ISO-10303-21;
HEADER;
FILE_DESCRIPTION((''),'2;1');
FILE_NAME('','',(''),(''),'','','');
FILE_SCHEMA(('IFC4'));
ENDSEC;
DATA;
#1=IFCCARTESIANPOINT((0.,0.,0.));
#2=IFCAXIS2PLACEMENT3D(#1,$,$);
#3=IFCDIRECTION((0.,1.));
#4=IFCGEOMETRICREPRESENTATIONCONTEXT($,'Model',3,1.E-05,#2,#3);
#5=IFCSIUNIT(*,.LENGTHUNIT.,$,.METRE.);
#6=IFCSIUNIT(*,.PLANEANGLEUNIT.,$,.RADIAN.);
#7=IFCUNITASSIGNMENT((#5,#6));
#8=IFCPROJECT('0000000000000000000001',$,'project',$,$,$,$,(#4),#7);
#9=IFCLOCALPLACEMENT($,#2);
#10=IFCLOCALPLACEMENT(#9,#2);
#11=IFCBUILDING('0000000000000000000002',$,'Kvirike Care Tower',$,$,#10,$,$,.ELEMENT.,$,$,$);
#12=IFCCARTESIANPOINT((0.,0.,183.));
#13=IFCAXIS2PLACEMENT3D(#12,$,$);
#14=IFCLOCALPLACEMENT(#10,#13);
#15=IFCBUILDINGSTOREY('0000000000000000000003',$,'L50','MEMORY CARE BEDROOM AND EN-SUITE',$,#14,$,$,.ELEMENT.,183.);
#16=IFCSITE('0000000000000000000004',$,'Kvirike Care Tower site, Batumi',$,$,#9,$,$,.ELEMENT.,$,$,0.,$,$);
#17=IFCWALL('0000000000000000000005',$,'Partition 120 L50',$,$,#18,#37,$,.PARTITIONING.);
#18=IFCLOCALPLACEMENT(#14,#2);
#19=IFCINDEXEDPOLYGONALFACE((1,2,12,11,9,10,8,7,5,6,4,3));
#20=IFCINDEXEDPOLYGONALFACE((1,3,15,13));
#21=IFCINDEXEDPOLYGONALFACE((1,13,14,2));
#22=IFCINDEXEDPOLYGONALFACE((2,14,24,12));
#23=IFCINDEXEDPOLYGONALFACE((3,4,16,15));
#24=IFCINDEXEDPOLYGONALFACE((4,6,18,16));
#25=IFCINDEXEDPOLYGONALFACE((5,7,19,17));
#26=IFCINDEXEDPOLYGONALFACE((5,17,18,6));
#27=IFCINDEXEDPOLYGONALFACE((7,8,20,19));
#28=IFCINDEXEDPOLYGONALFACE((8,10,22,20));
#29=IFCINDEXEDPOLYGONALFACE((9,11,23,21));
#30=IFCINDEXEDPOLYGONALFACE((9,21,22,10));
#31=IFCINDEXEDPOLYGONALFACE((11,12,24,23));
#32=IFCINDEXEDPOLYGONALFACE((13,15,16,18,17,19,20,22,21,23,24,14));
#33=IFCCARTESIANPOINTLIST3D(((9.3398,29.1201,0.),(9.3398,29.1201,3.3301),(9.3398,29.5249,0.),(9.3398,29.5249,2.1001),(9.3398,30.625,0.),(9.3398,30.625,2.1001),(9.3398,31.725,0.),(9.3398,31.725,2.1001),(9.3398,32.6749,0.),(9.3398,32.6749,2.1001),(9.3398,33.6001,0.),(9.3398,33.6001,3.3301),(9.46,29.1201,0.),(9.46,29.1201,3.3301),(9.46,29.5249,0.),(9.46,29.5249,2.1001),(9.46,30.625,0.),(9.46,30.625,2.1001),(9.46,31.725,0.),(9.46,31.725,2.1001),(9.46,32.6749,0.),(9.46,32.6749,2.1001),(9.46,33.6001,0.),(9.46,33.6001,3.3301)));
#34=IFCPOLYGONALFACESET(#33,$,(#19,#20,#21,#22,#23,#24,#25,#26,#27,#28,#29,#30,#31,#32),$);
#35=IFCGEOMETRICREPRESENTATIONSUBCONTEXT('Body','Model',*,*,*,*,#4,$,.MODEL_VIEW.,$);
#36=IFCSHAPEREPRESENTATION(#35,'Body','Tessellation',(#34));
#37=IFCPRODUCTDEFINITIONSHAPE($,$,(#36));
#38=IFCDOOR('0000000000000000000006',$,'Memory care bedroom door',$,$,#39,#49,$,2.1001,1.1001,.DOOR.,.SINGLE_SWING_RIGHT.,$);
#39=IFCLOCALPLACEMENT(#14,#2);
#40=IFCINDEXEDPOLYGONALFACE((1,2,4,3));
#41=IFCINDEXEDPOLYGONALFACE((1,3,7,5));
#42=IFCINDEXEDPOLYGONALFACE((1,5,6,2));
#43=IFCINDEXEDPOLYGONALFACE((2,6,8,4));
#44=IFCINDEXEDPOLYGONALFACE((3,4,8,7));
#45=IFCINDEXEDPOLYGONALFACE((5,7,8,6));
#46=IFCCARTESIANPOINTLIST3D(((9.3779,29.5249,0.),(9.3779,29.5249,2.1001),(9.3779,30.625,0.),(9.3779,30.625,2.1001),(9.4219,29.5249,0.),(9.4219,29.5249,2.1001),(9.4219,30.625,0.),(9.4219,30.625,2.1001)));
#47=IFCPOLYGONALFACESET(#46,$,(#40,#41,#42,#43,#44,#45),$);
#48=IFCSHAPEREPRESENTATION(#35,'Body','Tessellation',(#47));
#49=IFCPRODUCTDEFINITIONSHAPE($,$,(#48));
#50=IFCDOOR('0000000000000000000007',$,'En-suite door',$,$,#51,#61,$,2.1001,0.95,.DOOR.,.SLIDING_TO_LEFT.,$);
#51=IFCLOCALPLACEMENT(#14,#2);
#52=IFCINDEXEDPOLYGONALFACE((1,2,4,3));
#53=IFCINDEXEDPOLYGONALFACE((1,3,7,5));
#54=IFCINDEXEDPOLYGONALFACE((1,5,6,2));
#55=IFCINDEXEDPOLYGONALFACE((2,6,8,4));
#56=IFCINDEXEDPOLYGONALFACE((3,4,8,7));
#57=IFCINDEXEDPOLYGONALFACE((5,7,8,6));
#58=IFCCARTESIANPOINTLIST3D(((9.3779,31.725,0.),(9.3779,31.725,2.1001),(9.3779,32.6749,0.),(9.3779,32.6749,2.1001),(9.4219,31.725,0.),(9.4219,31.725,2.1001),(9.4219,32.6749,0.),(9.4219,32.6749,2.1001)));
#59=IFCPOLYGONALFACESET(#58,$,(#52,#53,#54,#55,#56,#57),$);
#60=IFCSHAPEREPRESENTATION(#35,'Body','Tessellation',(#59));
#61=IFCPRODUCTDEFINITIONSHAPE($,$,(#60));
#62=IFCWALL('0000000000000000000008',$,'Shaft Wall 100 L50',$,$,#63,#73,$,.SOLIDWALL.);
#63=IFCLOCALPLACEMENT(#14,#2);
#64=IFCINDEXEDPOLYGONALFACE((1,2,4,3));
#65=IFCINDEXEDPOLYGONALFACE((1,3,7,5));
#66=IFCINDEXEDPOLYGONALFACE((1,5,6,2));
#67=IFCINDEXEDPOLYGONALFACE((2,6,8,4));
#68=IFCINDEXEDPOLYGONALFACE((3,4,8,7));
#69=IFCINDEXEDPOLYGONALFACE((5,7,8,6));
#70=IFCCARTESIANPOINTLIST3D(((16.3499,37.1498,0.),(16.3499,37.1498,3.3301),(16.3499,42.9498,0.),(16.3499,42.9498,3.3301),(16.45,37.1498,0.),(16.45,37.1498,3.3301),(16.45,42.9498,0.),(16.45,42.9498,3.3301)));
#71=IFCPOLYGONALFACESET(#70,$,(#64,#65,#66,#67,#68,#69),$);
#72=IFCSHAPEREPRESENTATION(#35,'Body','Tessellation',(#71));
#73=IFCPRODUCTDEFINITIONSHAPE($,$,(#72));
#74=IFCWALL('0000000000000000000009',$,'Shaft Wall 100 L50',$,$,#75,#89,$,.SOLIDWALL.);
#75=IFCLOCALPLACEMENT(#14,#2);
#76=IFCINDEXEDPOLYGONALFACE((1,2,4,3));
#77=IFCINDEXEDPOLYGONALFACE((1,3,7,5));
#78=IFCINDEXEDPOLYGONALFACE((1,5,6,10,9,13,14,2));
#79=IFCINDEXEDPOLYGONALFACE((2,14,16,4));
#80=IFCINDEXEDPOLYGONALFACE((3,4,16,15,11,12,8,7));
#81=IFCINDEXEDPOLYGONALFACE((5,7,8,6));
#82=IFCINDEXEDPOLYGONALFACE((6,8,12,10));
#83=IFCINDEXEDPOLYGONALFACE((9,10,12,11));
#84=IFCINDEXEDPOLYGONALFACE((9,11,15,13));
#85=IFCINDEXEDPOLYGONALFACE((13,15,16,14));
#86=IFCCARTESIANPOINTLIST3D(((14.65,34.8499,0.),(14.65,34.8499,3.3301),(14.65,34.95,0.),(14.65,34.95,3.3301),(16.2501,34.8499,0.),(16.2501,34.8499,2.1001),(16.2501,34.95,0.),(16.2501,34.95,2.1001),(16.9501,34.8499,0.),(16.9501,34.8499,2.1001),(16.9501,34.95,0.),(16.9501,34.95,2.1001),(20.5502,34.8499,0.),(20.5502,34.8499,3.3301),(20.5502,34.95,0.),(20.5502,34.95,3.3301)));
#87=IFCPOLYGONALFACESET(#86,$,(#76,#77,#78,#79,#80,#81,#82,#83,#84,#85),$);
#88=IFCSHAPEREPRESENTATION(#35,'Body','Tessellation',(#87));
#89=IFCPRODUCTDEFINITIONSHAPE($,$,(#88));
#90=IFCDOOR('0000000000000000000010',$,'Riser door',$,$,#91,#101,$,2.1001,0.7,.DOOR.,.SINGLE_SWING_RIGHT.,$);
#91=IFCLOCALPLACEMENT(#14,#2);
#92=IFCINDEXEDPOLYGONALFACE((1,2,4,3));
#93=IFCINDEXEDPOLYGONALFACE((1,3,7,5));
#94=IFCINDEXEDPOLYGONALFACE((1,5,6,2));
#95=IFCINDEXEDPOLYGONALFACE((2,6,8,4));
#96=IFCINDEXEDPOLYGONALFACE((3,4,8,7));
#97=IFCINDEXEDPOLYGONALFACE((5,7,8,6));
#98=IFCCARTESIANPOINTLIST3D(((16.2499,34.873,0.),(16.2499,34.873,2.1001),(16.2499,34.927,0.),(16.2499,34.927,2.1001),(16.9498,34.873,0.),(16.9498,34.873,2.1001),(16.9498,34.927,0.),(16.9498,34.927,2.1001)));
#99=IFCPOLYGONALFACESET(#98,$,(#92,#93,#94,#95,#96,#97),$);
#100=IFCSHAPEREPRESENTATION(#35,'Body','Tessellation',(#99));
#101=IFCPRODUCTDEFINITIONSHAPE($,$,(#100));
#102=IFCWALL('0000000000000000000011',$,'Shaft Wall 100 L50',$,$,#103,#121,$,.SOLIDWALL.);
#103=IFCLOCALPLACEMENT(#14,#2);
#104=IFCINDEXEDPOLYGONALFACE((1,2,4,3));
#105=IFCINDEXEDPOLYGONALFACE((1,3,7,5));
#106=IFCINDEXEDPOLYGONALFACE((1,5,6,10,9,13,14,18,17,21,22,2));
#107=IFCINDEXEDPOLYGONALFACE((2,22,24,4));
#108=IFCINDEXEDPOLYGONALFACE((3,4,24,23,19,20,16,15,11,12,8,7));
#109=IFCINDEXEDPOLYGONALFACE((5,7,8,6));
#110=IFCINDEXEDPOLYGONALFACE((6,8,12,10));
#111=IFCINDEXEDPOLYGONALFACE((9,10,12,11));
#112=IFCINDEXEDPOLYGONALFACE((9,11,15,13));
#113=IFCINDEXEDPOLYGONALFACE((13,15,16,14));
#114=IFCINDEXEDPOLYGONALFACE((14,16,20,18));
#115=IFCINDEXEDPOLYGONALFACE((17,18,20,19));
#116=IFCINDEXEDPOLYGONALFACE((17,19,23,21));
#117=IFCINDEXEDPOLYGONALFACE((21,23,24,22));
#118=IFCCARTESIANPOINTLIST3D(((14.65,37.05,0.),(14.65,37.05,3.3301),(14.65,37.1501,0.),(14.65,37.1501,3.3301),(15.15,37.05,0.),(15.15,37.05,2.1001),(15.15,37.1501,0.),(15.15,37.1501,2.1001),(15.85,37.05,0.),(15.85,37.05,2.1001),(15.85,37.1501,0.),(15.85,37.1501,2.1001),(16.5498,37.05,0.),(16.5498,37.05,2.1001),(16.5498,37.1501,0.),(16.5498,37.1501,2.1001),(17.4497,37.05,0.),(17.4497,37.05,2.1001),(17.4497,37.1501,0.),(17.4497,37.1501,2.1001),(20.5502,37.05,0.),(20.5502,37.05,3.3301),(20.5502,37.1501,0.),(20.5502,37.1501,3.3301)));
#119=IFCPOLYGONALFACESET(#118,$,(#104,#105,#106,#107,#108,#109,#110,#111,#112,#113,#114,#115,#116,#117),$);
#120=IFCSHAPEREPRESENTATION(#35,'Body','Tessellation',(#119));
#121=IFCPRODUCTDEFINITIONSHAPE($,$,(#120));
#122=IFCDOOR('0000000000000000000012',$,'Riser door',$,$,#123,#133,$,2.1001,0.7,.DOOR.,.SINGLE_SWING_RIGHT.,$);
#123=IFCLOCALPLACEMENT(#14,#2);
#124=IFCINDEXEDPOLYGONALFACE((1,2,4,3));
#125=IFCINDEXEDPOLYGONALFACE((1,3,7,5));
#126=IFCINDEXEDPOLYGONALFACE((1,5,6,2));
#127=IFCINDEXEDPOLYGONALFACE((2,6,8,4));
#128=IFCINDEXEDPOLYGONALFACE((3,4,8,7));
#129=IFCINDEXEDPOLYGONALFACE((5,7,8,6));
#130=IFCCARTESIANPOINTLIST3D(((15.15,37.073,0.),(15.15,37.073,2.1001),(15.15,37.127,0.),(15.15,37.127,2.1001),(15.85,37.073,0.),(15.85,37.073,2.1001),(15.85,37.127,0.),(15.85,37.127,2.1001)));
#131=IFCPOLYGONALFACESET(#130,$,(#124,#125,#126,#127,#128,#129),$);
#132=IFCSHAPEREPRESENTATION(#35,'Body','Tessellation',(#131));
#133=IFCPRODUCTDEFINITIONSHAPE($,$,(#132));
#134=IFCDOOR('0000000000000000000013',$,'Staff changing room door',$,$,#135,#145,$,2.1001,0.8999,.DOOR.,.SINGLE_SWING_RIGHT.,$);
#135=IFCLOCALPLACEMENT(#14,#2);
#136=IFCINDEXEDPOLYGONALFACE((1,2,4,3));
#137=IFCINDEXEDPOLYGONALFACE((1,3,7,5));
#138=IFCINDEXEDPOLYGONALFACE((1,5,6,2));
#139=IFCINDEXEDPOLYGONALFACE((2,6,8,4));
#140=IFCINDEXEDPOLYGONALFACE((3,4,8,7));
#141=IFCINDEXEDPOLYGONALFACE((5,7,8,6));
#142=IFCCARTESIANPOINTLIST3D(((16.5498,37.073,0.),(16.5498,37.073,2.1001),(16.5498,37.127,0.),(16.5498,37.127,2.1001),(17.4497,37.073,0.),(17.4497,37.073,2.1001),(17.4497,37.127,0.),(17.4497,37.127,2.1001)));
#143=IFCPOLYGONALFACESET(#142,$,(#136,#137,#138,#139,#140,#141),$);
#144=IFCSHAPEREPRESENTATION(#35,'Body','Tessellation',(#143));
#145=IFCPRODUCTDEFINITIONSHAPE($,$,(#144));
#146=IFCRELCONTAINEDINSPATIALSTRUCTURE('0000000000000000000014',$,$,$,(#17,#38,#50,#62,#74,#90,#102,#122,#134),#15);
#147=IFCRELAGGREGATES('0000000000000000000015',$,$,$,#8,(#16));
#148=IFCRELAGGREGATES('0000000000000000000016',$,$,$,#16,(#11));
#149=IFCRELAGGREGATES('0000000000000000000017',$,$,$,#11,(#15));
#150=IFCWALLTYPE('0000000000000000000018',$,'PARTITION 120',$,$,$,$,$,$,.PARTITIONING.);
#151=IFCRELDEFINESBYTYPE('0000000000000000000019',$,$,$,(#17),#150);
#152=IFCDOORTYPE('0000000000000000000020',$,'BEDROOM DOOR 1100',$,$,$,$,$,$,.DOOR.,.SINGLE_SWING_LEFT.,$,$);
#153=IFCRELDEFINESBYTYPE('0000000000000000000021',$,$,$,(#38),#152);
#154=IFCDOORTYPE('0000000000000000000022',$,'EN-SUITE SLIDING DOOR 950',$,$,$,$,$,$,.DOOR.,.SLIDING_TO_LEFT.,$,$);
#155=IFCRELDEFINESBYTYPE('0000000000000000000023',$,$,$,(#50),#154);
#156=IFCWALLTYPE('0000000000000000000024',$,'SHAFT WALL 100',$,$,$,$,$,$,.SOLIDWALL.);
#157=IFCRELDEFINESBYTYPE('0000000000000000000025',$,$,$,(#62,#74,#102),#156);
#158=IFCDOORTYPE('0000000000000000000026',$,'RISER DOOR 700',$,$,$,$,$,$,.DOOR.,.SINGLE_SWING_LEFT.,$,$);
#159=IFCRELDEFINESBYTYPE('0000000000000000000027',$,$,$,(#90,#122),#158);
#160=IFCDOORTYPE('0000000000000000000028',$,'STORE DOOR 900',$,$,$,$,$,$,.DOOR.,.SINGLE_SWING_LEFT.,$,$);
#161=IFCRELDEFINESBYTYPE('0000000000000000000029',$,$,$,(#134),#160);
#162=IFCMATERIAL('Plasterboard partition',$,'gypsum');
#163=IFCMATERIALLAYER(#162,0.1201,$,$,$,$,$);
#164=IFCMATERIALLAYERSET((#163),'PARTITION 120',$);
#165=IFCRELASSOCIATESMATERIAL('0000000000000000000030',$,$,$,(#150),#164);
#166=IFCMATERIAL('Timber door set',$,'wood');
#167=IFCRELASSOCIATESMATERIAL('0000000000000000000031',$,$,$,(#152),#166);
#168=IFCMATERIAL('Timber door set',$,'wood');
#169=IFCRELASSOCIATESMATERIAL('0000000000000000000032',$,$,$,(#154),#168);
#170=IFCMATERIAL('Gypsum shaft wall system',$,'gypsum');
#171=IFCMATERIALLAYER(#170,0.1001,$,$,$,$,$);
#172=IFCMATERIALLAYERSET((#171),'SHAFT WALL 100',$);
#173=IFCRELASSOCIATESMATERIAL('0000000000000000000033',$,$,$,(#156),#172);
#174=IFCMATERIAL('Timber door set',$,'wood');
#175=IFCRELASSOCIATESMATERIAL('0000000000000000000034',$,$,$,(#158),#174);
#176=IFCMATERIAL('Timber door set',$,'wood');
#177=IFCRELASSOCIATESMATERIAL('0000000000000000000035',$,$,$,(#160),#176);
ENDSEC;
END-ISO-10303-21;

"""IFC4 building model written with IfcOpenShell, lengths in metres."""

from ifc_helpers import new_model, si_unit, direction, frame, frame_2d, origin, place, context, subcontext, project, spatial, rectangle, extrude, material, layer, layer_set, type_object, element, fill, save


model = new_model("IFC4")

# Units and contexts
model_context = context("Model", 3, precision=1e-05, world=origin(), true_north=direction((0.0, 1.0)))
body_context = subcontext(model_context, "Body", "Model", "MODEL_VIEW")
ifc_project = project(units=[si_unit("LENGTHUNIT", "METRE"), si_unit("PLANEANGLEUNIT", "RADIAN")], contexts=[model_context])

# Site, building, storey
site_placement = place(None, origin())
site = spatial("IfcSite", under=ifc_project, at=site_placement, Name="Kvirike Care Tower site, Batumi", CompositionType="ELEMENT", RefElevation=0.0)
building_placement = place(site_placement, origin())
building = spatial("IfcBuilding", under=site, at=building_placement, Name="Kvirike Care Tower", CompositionType="ELEMENT")
storey_placement = place(building_placement, frame((0.0, 0.0, 183.0)))
storey = spatial("IfcBuildingStorey", under=building, at=storey_placement, Name="L50", Description="MEMORY CARE BEDROOM AND EN-SUITE", CompositionType="ELEMENT", Elevation=183.0)

# Shared definitions
ifc_material_1 = material(Name="Plasterboard partition", Category="gypsum")
ifc_layer_1 = layer(ifc_material_1, 0.1201)
ifc_layer_set_1 = layer_set([ifc_layer_1], Name="PARTITION 120")
wall_type_1 = type_object("IfcWallType", Name="PARTITION 120", PredefinedType="PARTITIONING", material=ifc_layer_set_1)

# Wall, openings, doors
wall_1_placement = place(storey_placement, frame((9.3999, 33.6001, 0.0), z_axis=(0.0, 0.0, 1.0), x_axis=(0.0, -1.0, 0.0)))
wall_1 = element("IfcWall", 1, at=wall_1_placement, inside=storey, type_object=wall_type_1, Name="Partition 120 L50", PredefinedType="PARTITIONING", context=body_context, shape_type="SweptSolid", body=[
    extrude(rectangle(XDim=4.48, YDim=0.1201, at=frame_2d((2.24, 0.0))), origin(), (0.0, 0.0, 1.0), 3.3301),
])
opening_1_placement = place(wall_1_placement, frame((2.9751, 0.0, 0.0)))
opening_1 = element("IfcOpeningElement", 2, at=opening_1_placement, cuts=wall_1, PredefinedType="OPENING", context=body_context, shape_type="SweptSolid", body=[
    extrude(rectangle(XDim=1.1001, YDim=2.1001, at=frame_2d((0.55, 1.05))), frame((0.0, 0.0706, 0.0), z_axis=(0.0, -1.0, 0.0), x_axis=(1.0, 0.0, 0.0)), (0.0, 0.0, 1.0), 0.1411),
])
opening_2_placement = place(wall_1_placement, frame((0.925, 0.0, 0.0)))
opening_2 = element("IfcOpeningElement", 3, at=opening_2_placement, cuts=wall_1, PredefinedType="OPENING", context=body_context, shape_type="SweptSolid", body=[
    extrude(rectangle(XDim=0.95, YDim=2.1001, at=frame_2d((0.4751, 1.05))), frame((0.0, 0.0706, 0.0), z_axis=(0.0, -1.0, 0.0), x_axis=(1.0, 0.0, 0.0)), (0.0, 0.0, 1.0), 0.1411),
])
ifc_material_2 = material(Name="Timber door set", Category="wood")
door_type_1 = type_object("IfcDoorType", Name="BEDROOM DOOR 1100", OperationType="SINGLE_SWING_LEFT", PredefinedType="DOOR", material=ifc_material_2)
door_1_placement = place(opening_1_placement, origin())
door_1 = element("IfcDoor", 4, at=door_1_placement, inside=storey, type_object=door_type_1, Name="Memory care bedroom door", OperationType="SINGLE_SWING_RIGHT", OverallHeight=2.1001, OverallWidth=1.1001, PredefinedType="DOOR", context=body_context, shape_type="SweptSolid", body=[
    extrude(rectangle(XDim=1.1001, YDim=2.1001, at=frame_2d((0.55, 1.05))), frame((0.0, 0.022, 0.0), z_axis=(0.0, -1.0, 0.0), x_axis=(1.0, 0.0, 0.0)), (0.0, 0.0, 1.0), 0.0439),
])
fill(opening_1, door_1)
ifc_material_3 = material(Name="Timber door set", Category="wood")
door_type_2 = type_object("IfcDoorType", Name="EN-SUITE SLIDING DOOR 950", OperationType="SLIDING_TO_LEFT", PredefinedType="DOOR", material=ifc_material_3)
door_2_placement = place(opening_2_placement, origin())
door_2 = element("IfcDoor", 5, at=door_2_placement, inside=storey, type_object=door_type_2, Name="En-suite door", OperationType="SLIDING_TO_LEFT", OverallHeight=2.1001, OverallWidth=0.95, PredefinedType="DOOR", context=body_context, shape_type="SweptSolid", body=[
    extrude(rectangle(XDim=0.95, YDim=2.1001, at=frame_2d((0.4751, 1.05))), frame((0.0, 0.022, 0.0), z_axis=(0.0, -1.0, 0.0), x_axis=(1.0, 0.0, 0.0)), (0.0, 0.0, 1.0), 0.0439),
])
fill(opening_2, door_2)

# Wall
ifc_material_4 = material(Name="Gypsum shaft wall system", Category="gypsum")
ifc_layer_2 = layer(ifc_material_4, 0.1001)
ifc_layer_set_2 = layer_set([ifc_layer_2], Name="SHAFT WALL 100")
wall_type_2 = type_object("IfcWallType", Name="SHAFT WALL 100", PredefinedType="SOLIDWALL", material=ifc_layer_set_2)
wall_2_placement = place(storey_placement, frame((16.3999, 37.1499, 0.0), z_axis=(0.0, 0.0, 1.0), x_axis=(0.0, 1.0, 0.0)))
element("IfcWall", 6, at=wall_2_placement, inside=storey, type_object=wall_type_2, Name="Shaft Wall 100 L50", PredefinedType="SOLIDWALL", context=body_context, shape_type="SweptSolid", body=[
    extrude(rectangle(XDim=5.8, YDim=0.1001, at=frame_2d((2.8999, 0.0))), origin(), (0.0, 0.0, 1.0), 3.3301),
])

# Wall, opening, door
wall_3_placement = place(storey_placement, frame((14.6499, 34.8999, 0.0), z_axis=(0.0, 0.0, 1.0), x_axis=(1.0, 0.0, 0.0)))
wall_3 = element("IfcWall", 7, at=wall_3_placement, inside=storey, type_object=wall_type_2, Name="Shaft Wall 100 L50", PredefinedType="SOLIDWALL", context=body_context, shape_type="SweptSolid", body=[
    extrude(rectangle(XDim=5.9001, YDim=0.1001, at=frame_2d((2.9502, 0.0))), origin(), (0.0, 0.0, 1.0), 3.3301),
])
opening_3_placement = place(wall_3_placement, frame((1.6001, 0.0, 0.0)))
opening_3 = element("IfcOpeningElement", 8, at=opening_3_placement, cuts=wall_3, PredefinedType="OPENING", context=body_context, shape_type="SweptSolid", body=[
    extrude(rectangle(XDim=0.7, YDim=2.1001, at=frame_2d((0.3501, 1.05))), frame((0.0, 0.0605, 0.0), z_axis=(0.0, -1.0, 0.0), x_axis=(1.0, 0.0, 0.0)), (0.0, 0.0, 1.0), 0.1211),
])
ifc_material_5 = material(Name="Timber door set", Category="wood")
door_type_3 = type_object("IfcDoorType", Name="RISER DOOR 700", OperationType="SINGLE_SWING_LEFT", PredefinedType="DOOR", material=ifc_material_5)
door_3_placement = place(opening_3_placement, frame((0.7, 0.0, 0.0), z_axis=(0.0, 0.0, 1.0), x_axis=(-1.0, 0.0, 0.0)))
door_3 = element("IfcDoor", 9, at=door_3_placement, inside=storey, type_object=door_type_3, Name="Riser door", OperationType="SINGLE_SWING_RIGHT", OverallHeight=2.1001, OverallWidth=0.7, PredefinedType="DOOR", context=body_context, shape_type="SweptSolid", body=[
    extrude(rectangle(XDim=0.7, YDim=2.1001, at=frame_2d((0.3501, 1.05))), frame((0.0, 0.0269, 0.0), z_axis=(0.0, -1.0, 0.0), x_axis=(1.0, 0.0, 0.0)), (0.0, 0.0, 1.0), 0.054),
])
fill(opening_3, door_3)

# Wall, openings, doors
wall_4_placement = place(storey_placement, frame((14.6499, 37.1001, 0.0), z_axis=(0.0, 0.0, 1.0), x_axis=(1.0, 0.0, 0.0)))
wall_4 = element("IfcWall", 10, at=wall_4_placement, inside=storey, type_object=wall_type_2, Name="Shaft Wall 100 L50", PredefinedType="SOLIDWALL", context=body_context, shape_type="SweptSolid", body=[
    extrude(rectangle(XDim=5.9001, YDim=0.1001, at=frame_2d((2.9502, 0.0))), origin(), (0.0, 0.0, 1.0), 3.3301),
])
opening_4_placement = place(wall_4_placement, frame((0.5, 0.0, 0.0)))
opening_4 = element("IfcOpeningElement", 11, at=opening_4_placement, cuts=wall_4, PredefinedType="OPENING", context=body_context, shape_type="SweptSolid", body=[
    extrude(rectangle(XDim=0.7, YDim=2.1001, at=frame_2d((0.3501, 1.05))), frame((0.0, 0.0605, 0.0), z_axis=(0.0, -1.0, 0.0), x_axis=(1.0, 0.0, 0.0)), (0.0, 0.0, 1.0), 0.1211),
])
opening_5_placement = place(wall_4_placement, frame((1.8999, 0.0, 0.0)))
opening_5 = element("IfcOpeningElement", 12, at=opening_5_placement, cuts=wall_4, PredefinedType="OPENING", context=body_context, shape_type="SweptSolid", body=[
    extrude(rectangle(XDim=0.8999, YDim=2.1001, at=frame_2d((0.45, 1.05))), frame((0.0, 0.0605, 0.0), z_axis=(0.0, -1.0, 0.0), x_axis=(1.0, 0.0, 0.0)), (0.0, 0.0, 1.0), 0.1211),
])
door_4_placement = place(opening_4_placement, origin())
door_4 = element("IfcDoor", 13, at=door_4_placement, inside=storey, type_object=door_type_3, Name="Riser door", OperationType="SINGLE_SWING_RIGHT", OverallHeight=2.1001, OverallWidth=0.7, PredefinedType="DOOR", context=body_context, shape_type="SweptSolid", body=[
    extrude(rectangle(XDim=0.7, YDim=2.1001, at=frame_2d((0.3501, 1.05))), frame((0.0, 0.0269, 0.0), z_axis=(0.0, -1.0, 0.0), x_axis=(1.0, 0.0, 0.0)), (0.0, 0.0, 1.0), 0.054),
])
fill(opening_4, door_4)
ifc_material_6 = material(Name="Timber door set", Category="wood")
door_type_4 = type_object("IfcDoorType", Name="STORE DOOR 900", OperationType="SINGLE_SWING_LEFT", PredefinedType="DOOR", material=ifc_material_6)
door_5_placement = place(opening_5_placement, origin())
door_5 = element("IfcDoor", 14, at=door_5_placement, inside=storey, type_object=door_type_4, Name="Staff changing room door", OperationType="SINGLE_SWING_RIGHT", OverallHeight=2.1001, OverallWidth=0.8999, PredefinedType="DOOR", context=body_context, shape_type="SweptSolid", body=[
    extrude(rectangle(XDim=0.8999, YDim=2.1001, at=frame_2d((0.45, 1.05))), frame((0.0, 0.0269, 0.0), z_axis=(0.0, -1.0, 0.0), x_axis=(1.0, 0.0, 0.0)), (0.0, 0.0, 1.0), 0.054),
])
fill(opening_5, door_5)

save(model, "model.ifc")
